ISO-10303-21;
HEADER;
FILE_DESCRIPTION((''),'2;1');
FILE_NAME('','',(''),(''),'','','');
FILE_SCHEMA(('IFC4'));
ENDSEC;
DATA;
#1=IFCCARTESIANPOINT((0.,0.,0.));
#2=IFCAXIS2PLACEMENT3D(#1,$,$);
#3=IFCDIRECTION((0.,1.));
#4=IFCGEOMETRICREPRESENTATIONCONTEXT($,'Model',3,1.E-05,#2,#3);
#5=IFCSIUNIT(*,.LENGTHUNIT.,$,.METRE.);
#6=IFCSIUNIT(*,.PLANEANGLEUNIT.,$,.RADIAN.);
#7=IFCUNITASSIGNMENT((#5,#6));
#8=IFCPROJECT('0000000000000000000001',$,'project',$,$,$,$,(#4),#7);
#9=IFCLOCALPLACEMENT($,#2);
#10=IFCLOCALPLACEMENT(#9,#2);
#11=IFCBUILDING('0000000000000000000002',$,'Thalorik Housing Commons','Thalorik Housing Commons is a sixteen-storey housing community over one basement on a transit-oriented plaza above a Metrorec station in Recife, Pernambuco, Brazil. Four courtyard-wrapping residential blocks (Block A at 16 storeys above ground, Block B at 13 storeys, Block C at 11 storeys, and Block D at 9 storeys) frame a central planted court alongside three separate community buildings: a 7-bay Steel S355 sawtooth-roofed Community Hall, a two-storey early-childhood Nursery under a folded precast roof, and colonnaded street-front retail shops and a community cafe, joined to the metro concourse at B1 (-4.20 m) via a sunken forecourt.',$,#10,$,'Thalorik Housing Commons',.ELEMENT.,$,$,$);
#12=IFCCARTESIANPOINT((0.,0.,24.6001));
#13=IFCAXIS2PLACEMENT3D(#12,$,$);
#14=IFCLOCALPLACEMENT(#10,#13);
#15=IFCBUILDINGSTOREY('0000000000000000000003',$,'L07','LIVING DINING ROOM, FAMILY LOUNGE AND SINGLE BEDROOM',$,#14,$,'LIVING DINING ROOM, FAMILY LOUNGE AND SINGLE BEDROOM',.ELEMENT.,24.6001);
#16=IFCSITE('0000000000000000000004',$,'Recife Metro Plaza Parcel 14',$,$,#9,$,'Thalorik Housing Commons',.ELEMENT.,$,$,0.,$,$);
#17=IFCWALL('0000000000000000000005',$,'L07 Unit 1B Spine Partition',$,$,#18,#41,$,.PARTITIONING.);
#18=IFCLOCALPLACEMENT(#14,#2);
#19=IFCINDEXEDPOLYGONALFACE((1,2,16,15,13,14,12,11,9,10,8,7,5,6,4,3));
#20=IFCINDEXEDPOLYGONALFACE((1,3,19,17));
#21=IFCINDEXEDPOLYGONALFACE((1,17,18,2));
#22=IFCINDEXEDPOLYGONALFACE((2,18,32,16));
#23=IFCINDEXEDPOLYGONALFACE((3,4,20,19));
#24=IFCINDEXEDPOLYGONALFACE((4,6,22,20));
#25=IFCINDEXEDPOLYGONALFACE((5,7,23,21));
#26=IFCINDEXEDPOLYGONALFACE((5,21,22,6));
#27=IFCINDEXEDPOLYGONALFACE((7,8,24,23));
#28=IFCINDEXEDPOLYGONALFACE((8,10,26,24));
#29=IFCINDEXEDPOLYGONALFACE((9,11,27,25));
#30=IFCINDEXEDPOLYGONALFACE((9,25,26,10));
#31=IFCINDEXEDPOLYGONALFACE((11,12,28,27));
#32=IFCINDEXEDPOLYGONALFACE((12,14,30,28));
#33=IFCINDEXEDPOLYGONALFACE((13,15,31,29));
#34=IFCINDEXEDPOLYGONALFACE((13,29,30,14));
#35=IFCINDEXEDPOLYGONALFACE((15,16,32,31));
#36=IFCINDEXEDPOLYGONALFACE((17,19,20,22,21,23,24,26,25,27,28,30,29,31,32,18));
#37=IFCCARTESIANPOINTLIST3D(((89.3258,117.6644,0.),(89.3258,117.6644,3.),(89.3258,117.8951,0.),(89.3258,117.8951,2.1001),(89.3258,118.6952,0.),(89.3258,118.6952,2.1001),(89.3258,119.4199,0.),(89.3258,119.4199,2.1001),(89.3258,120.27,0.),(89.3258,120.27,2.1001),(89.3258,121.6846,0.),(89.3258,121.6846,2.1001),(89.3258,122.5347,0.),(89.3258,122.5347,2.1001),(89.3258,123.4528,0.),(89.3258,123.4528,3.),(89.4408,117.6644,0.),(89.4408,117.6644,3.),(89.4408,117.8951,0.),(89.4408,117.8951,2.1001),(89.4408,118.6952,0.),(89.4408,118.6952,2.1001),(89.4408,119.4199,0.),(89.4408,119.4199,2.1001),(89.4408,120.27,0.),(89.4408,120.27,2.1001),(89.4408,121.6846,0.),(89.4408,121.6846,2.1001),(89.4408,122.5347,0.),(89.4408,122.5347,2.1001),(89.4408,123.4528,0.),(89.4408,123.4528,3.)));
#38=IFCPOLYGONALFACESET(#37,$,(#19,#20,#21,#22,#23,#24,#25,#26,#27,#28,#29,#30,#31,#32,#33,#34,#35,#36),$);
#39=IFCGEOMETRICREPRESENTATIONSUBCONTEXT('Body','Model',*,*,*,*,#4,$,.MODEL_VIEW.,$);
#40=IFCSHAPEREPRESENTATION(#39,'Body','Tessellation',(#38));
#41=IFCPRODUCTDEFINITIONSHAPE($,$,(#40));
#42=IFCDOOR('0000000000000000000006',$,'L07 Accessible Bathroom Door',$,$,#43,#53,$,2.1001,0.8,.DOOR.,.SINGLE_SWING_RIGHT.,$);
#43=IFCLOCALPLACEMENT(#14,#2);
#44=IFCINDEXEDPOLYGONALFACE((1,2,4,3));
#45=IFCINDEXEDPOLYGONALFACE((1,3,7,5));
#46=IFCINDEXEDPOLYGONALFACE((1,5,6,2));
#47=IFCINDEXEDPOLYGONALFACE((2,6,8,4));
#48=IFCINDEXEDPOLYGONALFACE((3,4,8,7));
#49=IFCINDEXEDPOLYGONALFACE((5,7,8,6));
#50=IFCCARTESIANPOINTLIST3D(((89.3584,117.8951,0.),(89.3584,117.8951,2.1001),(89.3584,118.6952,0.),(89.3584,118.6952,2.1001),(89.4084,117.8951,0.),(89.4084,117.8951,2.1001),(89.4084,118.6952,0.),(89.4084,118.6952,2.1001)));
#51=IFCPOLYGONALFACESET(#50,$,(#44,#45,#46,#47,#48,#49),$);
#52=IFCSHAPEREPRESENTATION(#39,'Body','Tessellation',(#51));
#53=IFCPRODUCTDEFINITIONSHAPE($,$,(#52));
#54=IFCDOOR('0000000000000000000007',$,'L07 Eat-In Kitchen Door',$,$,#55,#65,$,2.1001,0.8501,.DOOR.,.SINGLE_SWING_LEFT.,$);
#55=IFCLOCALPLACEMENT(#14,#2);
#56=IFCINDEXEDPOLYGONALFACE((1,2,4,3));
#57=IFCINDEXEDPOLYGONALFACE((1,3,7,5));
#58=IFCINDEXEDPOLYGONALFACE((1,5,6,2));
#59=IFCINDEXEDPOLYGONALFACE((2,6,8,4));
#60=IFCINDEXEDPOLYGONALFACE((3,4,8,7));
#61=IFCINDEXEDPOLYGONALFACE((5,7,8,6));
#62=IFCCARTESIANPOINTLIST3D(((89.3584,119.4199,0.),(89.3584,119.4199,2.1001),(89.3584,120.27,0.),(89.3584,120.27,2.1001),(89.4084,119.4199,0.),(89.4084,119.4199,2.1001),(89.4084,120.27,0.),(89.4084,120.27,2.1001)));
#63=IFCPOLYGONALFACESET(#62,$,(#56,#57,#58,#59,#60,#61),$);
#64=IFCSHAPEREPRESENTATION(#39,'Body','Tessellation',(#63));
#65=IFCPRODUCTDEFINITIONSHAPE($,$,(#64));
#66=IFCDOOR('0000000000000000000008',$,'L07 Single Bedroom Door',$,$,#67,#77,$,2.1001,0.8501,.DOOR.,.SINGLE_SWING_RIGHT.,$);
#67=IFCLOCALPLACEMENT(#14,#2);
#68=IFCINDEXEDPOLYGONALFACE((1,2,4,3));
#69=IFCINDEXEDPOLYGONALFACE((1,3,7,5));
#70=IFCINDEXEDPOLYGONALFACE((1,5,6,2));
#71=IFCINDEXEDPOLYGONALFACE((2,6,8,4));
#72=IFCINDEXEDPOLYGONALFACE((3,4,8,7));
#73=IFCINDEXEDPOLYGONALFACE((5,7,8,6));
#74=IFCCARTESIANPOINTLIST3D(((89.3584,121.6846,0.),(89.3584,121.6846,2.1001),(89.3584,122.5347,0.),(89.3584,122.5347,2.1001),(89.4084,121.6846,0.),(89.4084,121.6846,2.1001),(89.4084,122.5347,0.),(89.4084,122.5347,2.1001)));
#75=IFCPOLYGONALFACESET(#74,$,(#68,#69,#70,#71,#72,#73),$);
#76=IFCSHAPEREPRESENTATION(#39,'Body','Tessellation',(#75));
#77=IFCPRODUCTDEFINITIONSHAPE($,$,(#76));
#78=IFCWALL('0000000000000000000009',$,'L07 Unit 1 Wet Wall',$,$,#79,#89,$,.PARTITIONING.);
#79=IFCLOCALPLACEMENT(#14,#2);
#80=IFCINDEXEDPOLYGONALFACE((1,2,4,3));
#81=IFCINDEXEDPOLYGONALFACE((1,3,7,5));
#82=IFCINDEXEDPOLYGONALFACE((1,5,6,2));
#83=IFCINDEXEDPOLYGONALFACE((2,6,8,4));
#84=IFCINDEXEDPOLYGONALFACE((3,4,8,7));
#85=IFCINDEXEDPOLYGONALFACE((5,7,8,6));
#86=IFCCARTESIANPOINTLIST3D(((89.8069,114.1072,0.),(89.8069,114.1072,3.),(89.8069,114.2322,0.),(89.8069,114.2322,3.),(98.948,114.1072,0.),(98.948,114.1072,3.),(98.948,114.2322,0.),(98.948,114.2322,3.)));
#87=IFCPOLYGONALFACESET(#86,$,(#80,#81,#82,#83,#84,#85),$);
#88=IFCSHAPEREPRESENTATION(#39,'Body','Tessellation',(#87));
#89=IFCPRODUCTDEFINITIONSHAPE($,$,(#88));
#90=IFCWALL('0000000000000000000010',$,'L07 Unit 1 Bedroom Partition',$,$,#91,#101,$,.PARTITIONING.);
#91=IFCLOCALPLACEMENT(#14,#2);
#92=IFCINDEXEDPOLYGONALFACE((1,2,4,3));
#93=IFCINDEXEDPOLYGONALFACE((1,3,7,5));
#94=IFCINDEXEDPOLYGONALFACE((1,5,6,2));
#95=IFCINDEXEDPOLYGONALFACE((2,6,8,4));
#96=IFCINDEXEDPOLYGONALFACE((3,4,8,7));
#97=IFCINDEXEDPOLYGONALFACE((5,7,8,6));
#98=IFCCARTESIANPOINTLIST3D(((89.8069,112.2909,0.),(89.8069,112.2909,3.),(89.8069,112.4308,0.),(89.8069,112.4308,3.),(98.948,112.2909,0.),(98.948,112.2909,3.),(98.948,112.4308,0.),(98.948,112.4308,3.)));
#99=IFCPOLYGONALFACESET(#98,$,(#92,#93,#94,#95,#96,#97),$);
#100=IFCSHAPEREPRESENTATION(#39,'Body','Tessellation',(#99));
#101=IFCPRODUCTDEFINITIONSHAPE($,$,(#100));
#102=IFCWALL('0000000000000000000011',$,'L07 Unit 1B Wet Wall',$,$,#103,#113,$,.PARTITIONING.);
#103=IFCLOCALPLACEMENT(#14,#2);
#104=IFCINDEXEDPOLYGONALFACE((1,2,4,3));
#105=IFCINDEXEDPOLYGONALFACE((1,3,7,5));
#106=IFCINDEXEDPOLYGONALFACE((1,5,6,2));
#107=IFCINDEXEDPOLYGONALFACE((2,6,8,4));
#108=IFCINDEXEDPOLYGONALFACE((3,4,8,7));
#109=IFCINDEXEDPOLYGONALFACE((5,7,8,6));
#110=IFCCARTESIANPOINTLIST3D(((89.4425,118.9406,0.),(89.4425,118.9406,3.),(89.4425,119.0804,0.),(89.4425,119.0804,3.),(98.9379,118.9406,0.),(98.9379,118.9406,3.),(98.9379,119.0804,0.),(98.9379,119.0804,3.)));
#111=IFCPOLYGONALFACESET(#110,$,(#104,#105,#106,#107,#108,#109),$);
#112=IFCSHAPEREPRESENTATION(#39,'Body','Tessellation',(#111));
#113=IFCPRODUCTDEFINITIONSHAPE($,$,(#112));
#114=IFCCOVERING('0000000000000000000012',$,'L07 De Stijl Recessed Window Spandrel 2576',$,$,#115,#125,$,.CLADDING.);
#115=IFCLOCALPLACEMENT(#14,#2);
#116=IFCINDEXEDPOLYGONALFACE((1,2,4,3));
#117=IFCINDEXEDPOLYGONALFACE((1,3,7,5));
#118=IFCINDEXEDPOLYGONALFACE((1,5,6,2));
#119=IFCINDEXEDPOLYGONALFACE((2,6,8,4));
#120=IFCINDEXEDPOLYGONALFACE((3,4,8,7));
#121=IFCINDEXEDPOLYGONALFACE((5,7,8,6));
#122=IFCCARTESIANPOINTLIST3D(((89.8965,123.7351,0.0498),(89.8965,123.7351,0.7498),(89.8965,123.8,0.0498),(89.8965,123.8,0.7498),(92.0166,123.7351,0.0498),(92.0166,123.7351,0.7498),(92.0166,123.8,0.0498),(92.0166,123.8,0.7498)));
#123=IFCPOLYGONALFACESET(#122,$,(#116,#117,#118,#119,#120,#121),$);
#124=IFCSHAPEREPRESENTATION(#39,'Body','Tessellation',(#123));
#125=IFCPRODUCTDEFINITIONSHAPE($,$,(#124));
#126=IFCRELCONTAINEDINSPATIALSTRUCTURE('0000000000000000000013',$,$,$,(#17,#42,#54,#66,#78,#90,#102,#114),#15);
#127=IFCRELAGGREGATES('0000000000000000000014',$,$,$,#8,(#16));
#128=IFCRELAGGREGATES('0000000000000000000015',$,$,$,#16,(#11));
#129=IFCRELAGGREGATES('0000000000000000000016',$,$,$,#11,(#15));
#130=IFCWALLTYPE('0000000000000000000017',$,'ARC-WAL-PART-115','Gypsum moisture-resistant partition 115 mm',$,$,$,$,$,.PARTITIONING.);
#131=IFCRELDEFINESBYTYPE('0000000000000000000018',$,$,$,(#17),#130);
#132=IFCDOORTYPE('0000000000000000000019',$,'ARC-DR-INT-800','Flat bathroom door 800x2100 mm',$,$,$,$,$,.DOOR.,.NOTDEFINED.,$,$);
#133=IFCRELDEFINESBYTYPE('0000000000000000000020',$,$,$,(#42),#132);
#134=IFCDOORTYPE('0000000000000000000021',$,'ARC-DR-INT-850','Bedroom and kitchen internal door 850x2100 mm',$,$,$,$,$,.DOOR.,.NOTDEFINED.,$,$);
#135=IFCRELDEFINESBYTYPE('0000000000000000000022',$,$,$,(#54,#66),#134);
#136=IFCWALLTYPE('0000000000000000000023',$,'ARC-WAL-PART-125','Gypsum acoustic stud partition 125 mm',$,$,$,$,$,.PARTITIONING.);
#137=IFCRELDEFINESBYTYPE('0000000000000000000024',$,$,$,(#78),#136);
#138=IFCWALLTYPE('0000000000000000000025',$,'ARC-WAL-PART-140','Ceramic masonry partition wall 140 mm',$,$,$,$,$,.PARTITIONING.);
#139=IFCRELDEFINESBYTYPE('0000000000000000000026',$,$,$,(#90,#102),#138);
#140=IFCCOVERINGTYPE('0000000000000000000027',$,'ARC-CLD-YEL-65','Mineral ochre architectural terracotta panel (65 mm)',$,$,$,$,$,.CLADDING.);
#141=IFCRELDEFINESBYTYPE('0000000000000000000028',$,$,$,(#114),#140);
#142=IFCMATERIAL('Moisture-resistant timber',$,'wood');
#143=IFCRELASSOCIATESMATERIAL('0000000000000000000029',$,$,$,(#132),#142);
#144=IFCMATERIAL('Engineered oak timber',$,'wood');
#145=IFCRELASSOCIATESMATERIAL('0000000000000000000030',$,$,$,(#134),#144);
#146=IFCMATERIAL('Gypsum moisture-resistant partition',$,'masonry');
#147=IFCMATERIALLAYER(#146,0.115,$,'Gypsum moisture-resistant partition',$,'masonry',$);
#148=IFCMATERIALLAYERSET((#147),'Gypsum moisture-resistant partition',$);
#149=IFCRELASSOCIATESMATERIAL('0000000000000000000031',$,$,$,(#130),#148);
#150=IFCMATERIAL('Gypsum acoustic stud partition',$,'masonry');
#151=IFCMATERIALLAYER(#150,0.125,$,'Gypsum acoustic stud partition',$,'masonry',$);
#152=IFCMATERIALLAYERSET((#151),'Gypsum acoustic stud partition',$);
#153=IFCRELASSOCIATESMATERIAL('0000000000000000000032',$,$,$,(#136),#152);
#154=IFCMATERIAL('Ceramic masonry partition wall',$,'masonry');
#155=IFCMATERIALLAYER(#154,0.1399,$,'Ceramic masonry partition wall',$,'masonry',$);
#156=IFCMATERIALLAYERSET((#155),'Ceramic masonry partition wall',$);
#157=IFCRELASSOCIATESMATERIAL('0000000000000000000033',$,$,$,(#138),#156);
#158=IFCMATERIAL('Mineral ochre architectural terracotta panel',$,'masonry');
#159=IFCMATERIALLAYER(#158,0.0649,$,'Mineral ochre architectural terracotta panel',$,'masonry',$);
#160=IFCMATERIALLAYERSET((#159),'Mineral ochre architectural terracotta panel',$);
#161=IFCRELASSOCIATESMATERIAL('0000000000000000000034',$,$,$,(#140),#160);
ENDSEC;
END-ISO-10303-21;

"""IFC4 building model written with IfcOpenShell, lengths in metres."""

from ifc_helpers import new_model, si_unit, direction, frame, frame_2d, origin, origin_2d, place, context, subcontext, project, spatial, rectangle, extrude, material, layer, layer_set, type_object, element, fill, save


model = new_model("IFC4")

# Units and contexts
model_context = context("Model", 3, precision=1e-05, world=origin(), true_north=direction((0.0, 1.0)))
body_context = subcontext(model_context, "Body", "Model", "MODEL_VIEW")
ifc_project = project(units=[si_unit("LENGTHUNIT", "METRE"), si_unit("PLANEANGLEUNIT", "RADIAN")], contexts=[model_context])

# Site, building, storey
site_placement = place(None, origin())
site = spatial("IfcSite", under=ifc_project, at=site_placement, Name="Recife Metro Plaza Parcel 14", LongName="Thalorik Housing Commons", CompositionType="ELEMENT", RefElevation=0.0)
building_placement = place(site_placement, origin())
building = spatial("IfcBuilding", under=site, at=building_placement, Name="Thalorik Housing Commons", Description="Thalorik Housing Commons is a sixteen-storey housing community over one basement on a transit-oriented plaza above a Metrorec station in Recife, Pernambuco, Brazil. Four courtyard-wrapping residential blocks (Block A at 16 storeys above ground, Block B at 13 storeys, Block C at 11 storeys, and Block D at 9 storeys) frame a central planted court alongside three separate community buildings: a 7-bay Steel S355 sawtooth-roofed Community Hall, a two-storey early-childhood Nursery under a folded precast roof, and colonnaded street-front retail shops and a community cafe, joined to the metro concourse at B1 (-4.20 m) via a sunken forecourt.", LongName="Thalorik Housing Commons", CompositionType="ELEMENT")
storey_placement = place(building_placement, frame((0.0, 0.0, 24.6001)))
storey = spatial("IfcBuildingStorey", under=building, at=storey_placement, Name="L07", Description="LIVING DINING ROOM, FAMILY LOUNGE AND SINGLE BEDROOM", LongName="LIVING DINING ROOM, FAMILY LOUNGE AND SINGLE BEDROOM", CompositionType="ELEMENT", Elevation=24.6001)

# Shared definitions
ifc_material_1 = material(Name="Moisture-resistant timber", Category="wood")
door_type_1 = type_object("IfcDoorType", Name="ARC-DR-INT-800", Description="Flat bathroom door 800x2100 mm", OperationType="NOTDEFINED", PredefinedType="DOOR", material=ifc_material_1)
ifc_material_2 = material(Name="Engineered oak timber", Category="wood")
door_type_2 = type_object("IfcDoorType", Name="ARC-DR-INT-850", Description="Bedroom and kitchen internal door 850x2100 mm", OperationType="NOTDEFINED", PredefinedType="DOOR", material=ifc_material_2)

# Wall, openings, doors
ifc_material_3 = material(Name="Gypsum moisture-resistant partition", Category="masonry")
ifc_layer_1 = layer(ifc_material_3, 0.115, Name="Gypsum moisture-resistant partition", Category="masonry")
ifc_layer_set_1 = layer_set([ifc_layer_1], Name="Gypsum moisture-resistant partition")
wall_type_1 = type_object("IfcWallType", Name="ARC-WAL-PART-115", Description="Gypsum moisture-resistant partition 115 mm", PredefinedType="PARTITIONING", material=ifc_layer_set_1)
wall_1_placement = place(storey_placement, frame((89.3833, 117.6646, 0.0), z_axis=(0.0, 0.0, 1.0), x_axis=(0.0, 1.0, 0.0)))
wall_1 = element("IfcWall", 1, at=wall_1_placement, inside=storey, type_object=wall_type_1, Name="L07 Unit 1B Spine Partition", PredefinedType="PARTITIONING", context=body_context, shape_type="SweptSolid", body=[
    extrude(rectangle(XDim=5.7883, YDim=0.115, at=frame_2d((2.894, 0.0))), origin(), (0.0, 0.0, 1.0), 3.0),
])
opening_1_placement = place(wall_1_placement, frame((0.2307, 0.0, 0.0)))
opening_1 = element("IfcOpeningElement", 2, at=opening_1_placement, cuts=wall_1, PredefinedType="OPENING", context=body_context, shape_type="SweptSolid", body=[
    extrude(rectangle(XDim=0.8, YDim=2.1001, at=frame_2d((0.3999, 1.05))), frame((0.0, 0.0674, 0.0), z_axis=(0.0, -1.0, 0.0), x_axis=(1.0, 0.0, 0.0)), (0.0, 0.0, 1.0), 0.135),
])
opening_2_placement = place(wall_1_placement, frame((1.7554, 0.0, 0.0)))
opening_2 = element("IfcOpeningElement", 3, at=opening_2_placement, cuts=wall_1, PredefinedType="OPENING", context=body_context, shape_type="SweptSolid", body=[
    extrude(rectangle(XDim=0.8501, YDim=2.1001, at=frame_2d((0.425, 1.05))), frame((0.0, 0.0674, 0.0), z_axis=(0.0, -1.0, 0.0), x_axis=(1.0, 0.0, 0.0)), (0.0, 0.0, 1.0), 0.135),
])
opening_3_placement = place(wall_1_placement, frame((4.02, 0.0, 0.0)))
opening_3 = element("IfcOpeningElement", 4, at=opening_3_placement, cuts=wall_1, PredefinedType="OPENING", context=body_context, shape_type="SweptSolid", body=[
    extrude(rectangle(XDim=0.8501, YDim=2.1001, at=frame_2d((0.425, 1.05))), frame((0.0, 0.0674, 0.0), z_axis=(0.0, -1.0, 0.0), x_axis=(1.0, 0.0, 0.0)), (0.0, 0.0, 1.0), 0.135),
])
door_1_placement = place(opening_1_placement, origin())
door_1 = element("IfcDoor", 5, at=door_1_placement, inside=storey, type_object=door_type_1, Name="L07 Accessible Bathroom Door", OperationType="SINGLE_SWING_RIGHT", OverallHeight=2.1001, OverallWidth=0.8, PredefinedType="DOOR", context=body_context, shape_type="SweptSolid", body=[
    extrude(rectangle(XDim=0.8, YDim=2.1001, at=frame_2d((0.3999, 1.05))), frame((0.0, 0.0249, 0.0), z_axis=(0.0, -1.0, 0.0), x_axis=(1.0, 0.0, 0.0)), (0.0, 0.0, 1.0), 0.05),
])
fill(opening_1, door_1)
door_2_placement = place(opening_2_placement, origin())
door_2 = element("IfcDoor", 6, at=door_2_placement, inside=storey, type_object=door_type_2, Name="L07 Eat-In Kitchen Door", OperationType="SINGLE_SWING_LEFT", OverallHeight=2.1001, OverallWidth=0.8501, PredefinedType="DOOR", context=body_context, shape_type="SweptSolid", body=[
    extrude(rectangle(XDim=0.8501, YDim=2.1001, at=frame_2d((0.425, 1.05))), frame((0.0, 0.0249, 0.0), z_axis=(0.0, -1.0, 0.0), x_axis=(1.0, 0.0, 0.0)), (0.0, 0.0, 1.0), 0.05),
])
fill(opening_2, door_2)
door_3_placement = place(opening_3_placement, origin())
door_3 = element("IfcDoor", 7, at=door_3_placement, inside=storey, type_object=door_type_2, Name="L07 Single Bedroom Door", OperationType="SINGLE_SWING_RIGHT", OverallHeight=2.1001, OverallWidth=0.8501, PredefinedType="DOOR", context=body_context, shape_type="SweptSolid", body=[
    extrude(rectangle(XDim=0.8501, YDim=2.1001, at=frame_2d((0.425, 1.05))), frame((0.0, 0.0249, 0.0), z_axis=(0.0, -1.0, 0.0), x_axis=(1.0, 0.0, 0.0)), (0.0, 0.0, 1.0), 0.05),
])
fill(opening_3, door_3)

# Walls
ifc_material_4 = material(Name="Gypsum acoustic stud partition", Category="masonry")
ifc_layer_2 = layer(ifc_material_4, 0.125, Name="Gypsum acoustic stud partition", Category="masonry")
ifc_layer_set_2 = layer_set([ifc_layer_2], Name="Gypsum acoustic stud partition")
wall_type_2 = type_object("IfcWallType", Name="ARC-WAL-PART-125", Description="Gypsum acoustic stud partition 125 mm", PredefinedType="PARTITIONING", material=ifc_layer_set_2)
wall_2_placement = place(storey_placement, frame((89.8069, 114.1697, 0.0), z_axis=(0.0, 0.0, 1.0), x_axis=(1.0, 0.0, 0.0)))
element("IfcWall", 8, at=wall_2_placement, inside=storey, type_object=wall_type_2, Name="L07 Unit 1 Wet Wall", PredefinedType="PARTITIONING", context=body_context, shape_type="SweptSolid", body=[
    extrude(rectangle(XDim=9.1411, YDim=0.125, at=frame_2d((4.5706, 0.0))), origin(), (0.0, 0.0, 1.0), 3.0),
])
ifc_material_5 = material(Name="Ceramic masonry partition wall", Category="masonry")
ifc_layer_3 = layer(ifc_material_5, 0.1399, Name="Ceramic masonry partition wall", Category="masonry")
ifc_layer_set_3 = layer_set([ifc_layer_3], Name="Ceramic masonry partition wall")
wall_type_3 = type_object("IfcWallType", Name="ARC-WAL-PART-140", Description="Ceramic masonry partition wall 140 mm", PredefinedType="PARTITIONING", material=ifc_layer_set_3)
wall_3_placement = place(storey_placement, frame((89.8069, 112.3608, 0.0), z_axis=(0.0, 0.0, 1.0), x_axis=(1.0, 0.0, 0.0)))
element("IfcWall", 9, at=wall_3_placement, inside=storey, type_object=wall_type_3, Name="L07 Unit 1 Bedroom Partition", PredefinedType="PARTITIONING", context=body_context, shape_type="SweptSolid", body=[
    extrude(rectangle(XDim=9.1411, YDim=0.1399, at=frame_2d((4.5706, 0.0))), origin(), (0.0, 0.0, 1.0), 3.0),
])
wall_4_placement = place(storey_placement, frame((89.4426, 119.0105, 0.0), z_axis=(0.0, 0.0, 1.0), x_axis=(1.0, 0.0, 0.0)))
element("IfcWall", 10, at=wall_4_placement, inside=storey, type_object=wall_type_3, Name="L07 Unit 1B Wet Wall", PredefinedType="PARTITIONING", context=body_context, shape_type="SweptSolid", body=[
    extrude(rectangle(XDim=9.4954, YDim=0.1399, at=frame_2d((4.7476, 0.0))), origin(), (0.0, 0.0, 1.0), 3.0),
])

# Covering
ifc_material_6 = material(Name="Mineral ochre architectural terracotta panel", Category="masonry")
ifc_layer_4 = layer(ifc_material_6, 0.0649, Name="Mineral ochre architectural terracotta panel", Category="masonry")
ifc_layer_set_4 = layer_set([ifc_layer_4], Name="Mineral ochre architectural terracotta panel")
covering_type_1 = type_object("IfcCoveringType", Name="ARC-CLD-YEL-65", Description="Mineral ochre architectural terracotta panel (65 mm)", PredefinedType="CLADDING", material=ifc_layer_set_4)
covering_1_placement = place(storey_placement, frame((90.9565, 123.7676, 0.0498), z_axis=(0.0, 0.0, 1.0), x_axis=(-1.0, 0.0, 0.0)))
element("IfcCovering", 11, at=covering_1_placement, inside=storey, type_object=covering_type_1, Name="L07 De Stijl Recessed Window Spandrel 2576", PredefinedType="CLADDING", context=body_context, shape_type="SweptSolid", body=[
    extrude(rectangle(XDim=2.1201, YDim=0.0649, at=origin_2d()), origin(), (0.0, 0.0, 1.0), 0.7),
])

save(model, "model.ifc")
